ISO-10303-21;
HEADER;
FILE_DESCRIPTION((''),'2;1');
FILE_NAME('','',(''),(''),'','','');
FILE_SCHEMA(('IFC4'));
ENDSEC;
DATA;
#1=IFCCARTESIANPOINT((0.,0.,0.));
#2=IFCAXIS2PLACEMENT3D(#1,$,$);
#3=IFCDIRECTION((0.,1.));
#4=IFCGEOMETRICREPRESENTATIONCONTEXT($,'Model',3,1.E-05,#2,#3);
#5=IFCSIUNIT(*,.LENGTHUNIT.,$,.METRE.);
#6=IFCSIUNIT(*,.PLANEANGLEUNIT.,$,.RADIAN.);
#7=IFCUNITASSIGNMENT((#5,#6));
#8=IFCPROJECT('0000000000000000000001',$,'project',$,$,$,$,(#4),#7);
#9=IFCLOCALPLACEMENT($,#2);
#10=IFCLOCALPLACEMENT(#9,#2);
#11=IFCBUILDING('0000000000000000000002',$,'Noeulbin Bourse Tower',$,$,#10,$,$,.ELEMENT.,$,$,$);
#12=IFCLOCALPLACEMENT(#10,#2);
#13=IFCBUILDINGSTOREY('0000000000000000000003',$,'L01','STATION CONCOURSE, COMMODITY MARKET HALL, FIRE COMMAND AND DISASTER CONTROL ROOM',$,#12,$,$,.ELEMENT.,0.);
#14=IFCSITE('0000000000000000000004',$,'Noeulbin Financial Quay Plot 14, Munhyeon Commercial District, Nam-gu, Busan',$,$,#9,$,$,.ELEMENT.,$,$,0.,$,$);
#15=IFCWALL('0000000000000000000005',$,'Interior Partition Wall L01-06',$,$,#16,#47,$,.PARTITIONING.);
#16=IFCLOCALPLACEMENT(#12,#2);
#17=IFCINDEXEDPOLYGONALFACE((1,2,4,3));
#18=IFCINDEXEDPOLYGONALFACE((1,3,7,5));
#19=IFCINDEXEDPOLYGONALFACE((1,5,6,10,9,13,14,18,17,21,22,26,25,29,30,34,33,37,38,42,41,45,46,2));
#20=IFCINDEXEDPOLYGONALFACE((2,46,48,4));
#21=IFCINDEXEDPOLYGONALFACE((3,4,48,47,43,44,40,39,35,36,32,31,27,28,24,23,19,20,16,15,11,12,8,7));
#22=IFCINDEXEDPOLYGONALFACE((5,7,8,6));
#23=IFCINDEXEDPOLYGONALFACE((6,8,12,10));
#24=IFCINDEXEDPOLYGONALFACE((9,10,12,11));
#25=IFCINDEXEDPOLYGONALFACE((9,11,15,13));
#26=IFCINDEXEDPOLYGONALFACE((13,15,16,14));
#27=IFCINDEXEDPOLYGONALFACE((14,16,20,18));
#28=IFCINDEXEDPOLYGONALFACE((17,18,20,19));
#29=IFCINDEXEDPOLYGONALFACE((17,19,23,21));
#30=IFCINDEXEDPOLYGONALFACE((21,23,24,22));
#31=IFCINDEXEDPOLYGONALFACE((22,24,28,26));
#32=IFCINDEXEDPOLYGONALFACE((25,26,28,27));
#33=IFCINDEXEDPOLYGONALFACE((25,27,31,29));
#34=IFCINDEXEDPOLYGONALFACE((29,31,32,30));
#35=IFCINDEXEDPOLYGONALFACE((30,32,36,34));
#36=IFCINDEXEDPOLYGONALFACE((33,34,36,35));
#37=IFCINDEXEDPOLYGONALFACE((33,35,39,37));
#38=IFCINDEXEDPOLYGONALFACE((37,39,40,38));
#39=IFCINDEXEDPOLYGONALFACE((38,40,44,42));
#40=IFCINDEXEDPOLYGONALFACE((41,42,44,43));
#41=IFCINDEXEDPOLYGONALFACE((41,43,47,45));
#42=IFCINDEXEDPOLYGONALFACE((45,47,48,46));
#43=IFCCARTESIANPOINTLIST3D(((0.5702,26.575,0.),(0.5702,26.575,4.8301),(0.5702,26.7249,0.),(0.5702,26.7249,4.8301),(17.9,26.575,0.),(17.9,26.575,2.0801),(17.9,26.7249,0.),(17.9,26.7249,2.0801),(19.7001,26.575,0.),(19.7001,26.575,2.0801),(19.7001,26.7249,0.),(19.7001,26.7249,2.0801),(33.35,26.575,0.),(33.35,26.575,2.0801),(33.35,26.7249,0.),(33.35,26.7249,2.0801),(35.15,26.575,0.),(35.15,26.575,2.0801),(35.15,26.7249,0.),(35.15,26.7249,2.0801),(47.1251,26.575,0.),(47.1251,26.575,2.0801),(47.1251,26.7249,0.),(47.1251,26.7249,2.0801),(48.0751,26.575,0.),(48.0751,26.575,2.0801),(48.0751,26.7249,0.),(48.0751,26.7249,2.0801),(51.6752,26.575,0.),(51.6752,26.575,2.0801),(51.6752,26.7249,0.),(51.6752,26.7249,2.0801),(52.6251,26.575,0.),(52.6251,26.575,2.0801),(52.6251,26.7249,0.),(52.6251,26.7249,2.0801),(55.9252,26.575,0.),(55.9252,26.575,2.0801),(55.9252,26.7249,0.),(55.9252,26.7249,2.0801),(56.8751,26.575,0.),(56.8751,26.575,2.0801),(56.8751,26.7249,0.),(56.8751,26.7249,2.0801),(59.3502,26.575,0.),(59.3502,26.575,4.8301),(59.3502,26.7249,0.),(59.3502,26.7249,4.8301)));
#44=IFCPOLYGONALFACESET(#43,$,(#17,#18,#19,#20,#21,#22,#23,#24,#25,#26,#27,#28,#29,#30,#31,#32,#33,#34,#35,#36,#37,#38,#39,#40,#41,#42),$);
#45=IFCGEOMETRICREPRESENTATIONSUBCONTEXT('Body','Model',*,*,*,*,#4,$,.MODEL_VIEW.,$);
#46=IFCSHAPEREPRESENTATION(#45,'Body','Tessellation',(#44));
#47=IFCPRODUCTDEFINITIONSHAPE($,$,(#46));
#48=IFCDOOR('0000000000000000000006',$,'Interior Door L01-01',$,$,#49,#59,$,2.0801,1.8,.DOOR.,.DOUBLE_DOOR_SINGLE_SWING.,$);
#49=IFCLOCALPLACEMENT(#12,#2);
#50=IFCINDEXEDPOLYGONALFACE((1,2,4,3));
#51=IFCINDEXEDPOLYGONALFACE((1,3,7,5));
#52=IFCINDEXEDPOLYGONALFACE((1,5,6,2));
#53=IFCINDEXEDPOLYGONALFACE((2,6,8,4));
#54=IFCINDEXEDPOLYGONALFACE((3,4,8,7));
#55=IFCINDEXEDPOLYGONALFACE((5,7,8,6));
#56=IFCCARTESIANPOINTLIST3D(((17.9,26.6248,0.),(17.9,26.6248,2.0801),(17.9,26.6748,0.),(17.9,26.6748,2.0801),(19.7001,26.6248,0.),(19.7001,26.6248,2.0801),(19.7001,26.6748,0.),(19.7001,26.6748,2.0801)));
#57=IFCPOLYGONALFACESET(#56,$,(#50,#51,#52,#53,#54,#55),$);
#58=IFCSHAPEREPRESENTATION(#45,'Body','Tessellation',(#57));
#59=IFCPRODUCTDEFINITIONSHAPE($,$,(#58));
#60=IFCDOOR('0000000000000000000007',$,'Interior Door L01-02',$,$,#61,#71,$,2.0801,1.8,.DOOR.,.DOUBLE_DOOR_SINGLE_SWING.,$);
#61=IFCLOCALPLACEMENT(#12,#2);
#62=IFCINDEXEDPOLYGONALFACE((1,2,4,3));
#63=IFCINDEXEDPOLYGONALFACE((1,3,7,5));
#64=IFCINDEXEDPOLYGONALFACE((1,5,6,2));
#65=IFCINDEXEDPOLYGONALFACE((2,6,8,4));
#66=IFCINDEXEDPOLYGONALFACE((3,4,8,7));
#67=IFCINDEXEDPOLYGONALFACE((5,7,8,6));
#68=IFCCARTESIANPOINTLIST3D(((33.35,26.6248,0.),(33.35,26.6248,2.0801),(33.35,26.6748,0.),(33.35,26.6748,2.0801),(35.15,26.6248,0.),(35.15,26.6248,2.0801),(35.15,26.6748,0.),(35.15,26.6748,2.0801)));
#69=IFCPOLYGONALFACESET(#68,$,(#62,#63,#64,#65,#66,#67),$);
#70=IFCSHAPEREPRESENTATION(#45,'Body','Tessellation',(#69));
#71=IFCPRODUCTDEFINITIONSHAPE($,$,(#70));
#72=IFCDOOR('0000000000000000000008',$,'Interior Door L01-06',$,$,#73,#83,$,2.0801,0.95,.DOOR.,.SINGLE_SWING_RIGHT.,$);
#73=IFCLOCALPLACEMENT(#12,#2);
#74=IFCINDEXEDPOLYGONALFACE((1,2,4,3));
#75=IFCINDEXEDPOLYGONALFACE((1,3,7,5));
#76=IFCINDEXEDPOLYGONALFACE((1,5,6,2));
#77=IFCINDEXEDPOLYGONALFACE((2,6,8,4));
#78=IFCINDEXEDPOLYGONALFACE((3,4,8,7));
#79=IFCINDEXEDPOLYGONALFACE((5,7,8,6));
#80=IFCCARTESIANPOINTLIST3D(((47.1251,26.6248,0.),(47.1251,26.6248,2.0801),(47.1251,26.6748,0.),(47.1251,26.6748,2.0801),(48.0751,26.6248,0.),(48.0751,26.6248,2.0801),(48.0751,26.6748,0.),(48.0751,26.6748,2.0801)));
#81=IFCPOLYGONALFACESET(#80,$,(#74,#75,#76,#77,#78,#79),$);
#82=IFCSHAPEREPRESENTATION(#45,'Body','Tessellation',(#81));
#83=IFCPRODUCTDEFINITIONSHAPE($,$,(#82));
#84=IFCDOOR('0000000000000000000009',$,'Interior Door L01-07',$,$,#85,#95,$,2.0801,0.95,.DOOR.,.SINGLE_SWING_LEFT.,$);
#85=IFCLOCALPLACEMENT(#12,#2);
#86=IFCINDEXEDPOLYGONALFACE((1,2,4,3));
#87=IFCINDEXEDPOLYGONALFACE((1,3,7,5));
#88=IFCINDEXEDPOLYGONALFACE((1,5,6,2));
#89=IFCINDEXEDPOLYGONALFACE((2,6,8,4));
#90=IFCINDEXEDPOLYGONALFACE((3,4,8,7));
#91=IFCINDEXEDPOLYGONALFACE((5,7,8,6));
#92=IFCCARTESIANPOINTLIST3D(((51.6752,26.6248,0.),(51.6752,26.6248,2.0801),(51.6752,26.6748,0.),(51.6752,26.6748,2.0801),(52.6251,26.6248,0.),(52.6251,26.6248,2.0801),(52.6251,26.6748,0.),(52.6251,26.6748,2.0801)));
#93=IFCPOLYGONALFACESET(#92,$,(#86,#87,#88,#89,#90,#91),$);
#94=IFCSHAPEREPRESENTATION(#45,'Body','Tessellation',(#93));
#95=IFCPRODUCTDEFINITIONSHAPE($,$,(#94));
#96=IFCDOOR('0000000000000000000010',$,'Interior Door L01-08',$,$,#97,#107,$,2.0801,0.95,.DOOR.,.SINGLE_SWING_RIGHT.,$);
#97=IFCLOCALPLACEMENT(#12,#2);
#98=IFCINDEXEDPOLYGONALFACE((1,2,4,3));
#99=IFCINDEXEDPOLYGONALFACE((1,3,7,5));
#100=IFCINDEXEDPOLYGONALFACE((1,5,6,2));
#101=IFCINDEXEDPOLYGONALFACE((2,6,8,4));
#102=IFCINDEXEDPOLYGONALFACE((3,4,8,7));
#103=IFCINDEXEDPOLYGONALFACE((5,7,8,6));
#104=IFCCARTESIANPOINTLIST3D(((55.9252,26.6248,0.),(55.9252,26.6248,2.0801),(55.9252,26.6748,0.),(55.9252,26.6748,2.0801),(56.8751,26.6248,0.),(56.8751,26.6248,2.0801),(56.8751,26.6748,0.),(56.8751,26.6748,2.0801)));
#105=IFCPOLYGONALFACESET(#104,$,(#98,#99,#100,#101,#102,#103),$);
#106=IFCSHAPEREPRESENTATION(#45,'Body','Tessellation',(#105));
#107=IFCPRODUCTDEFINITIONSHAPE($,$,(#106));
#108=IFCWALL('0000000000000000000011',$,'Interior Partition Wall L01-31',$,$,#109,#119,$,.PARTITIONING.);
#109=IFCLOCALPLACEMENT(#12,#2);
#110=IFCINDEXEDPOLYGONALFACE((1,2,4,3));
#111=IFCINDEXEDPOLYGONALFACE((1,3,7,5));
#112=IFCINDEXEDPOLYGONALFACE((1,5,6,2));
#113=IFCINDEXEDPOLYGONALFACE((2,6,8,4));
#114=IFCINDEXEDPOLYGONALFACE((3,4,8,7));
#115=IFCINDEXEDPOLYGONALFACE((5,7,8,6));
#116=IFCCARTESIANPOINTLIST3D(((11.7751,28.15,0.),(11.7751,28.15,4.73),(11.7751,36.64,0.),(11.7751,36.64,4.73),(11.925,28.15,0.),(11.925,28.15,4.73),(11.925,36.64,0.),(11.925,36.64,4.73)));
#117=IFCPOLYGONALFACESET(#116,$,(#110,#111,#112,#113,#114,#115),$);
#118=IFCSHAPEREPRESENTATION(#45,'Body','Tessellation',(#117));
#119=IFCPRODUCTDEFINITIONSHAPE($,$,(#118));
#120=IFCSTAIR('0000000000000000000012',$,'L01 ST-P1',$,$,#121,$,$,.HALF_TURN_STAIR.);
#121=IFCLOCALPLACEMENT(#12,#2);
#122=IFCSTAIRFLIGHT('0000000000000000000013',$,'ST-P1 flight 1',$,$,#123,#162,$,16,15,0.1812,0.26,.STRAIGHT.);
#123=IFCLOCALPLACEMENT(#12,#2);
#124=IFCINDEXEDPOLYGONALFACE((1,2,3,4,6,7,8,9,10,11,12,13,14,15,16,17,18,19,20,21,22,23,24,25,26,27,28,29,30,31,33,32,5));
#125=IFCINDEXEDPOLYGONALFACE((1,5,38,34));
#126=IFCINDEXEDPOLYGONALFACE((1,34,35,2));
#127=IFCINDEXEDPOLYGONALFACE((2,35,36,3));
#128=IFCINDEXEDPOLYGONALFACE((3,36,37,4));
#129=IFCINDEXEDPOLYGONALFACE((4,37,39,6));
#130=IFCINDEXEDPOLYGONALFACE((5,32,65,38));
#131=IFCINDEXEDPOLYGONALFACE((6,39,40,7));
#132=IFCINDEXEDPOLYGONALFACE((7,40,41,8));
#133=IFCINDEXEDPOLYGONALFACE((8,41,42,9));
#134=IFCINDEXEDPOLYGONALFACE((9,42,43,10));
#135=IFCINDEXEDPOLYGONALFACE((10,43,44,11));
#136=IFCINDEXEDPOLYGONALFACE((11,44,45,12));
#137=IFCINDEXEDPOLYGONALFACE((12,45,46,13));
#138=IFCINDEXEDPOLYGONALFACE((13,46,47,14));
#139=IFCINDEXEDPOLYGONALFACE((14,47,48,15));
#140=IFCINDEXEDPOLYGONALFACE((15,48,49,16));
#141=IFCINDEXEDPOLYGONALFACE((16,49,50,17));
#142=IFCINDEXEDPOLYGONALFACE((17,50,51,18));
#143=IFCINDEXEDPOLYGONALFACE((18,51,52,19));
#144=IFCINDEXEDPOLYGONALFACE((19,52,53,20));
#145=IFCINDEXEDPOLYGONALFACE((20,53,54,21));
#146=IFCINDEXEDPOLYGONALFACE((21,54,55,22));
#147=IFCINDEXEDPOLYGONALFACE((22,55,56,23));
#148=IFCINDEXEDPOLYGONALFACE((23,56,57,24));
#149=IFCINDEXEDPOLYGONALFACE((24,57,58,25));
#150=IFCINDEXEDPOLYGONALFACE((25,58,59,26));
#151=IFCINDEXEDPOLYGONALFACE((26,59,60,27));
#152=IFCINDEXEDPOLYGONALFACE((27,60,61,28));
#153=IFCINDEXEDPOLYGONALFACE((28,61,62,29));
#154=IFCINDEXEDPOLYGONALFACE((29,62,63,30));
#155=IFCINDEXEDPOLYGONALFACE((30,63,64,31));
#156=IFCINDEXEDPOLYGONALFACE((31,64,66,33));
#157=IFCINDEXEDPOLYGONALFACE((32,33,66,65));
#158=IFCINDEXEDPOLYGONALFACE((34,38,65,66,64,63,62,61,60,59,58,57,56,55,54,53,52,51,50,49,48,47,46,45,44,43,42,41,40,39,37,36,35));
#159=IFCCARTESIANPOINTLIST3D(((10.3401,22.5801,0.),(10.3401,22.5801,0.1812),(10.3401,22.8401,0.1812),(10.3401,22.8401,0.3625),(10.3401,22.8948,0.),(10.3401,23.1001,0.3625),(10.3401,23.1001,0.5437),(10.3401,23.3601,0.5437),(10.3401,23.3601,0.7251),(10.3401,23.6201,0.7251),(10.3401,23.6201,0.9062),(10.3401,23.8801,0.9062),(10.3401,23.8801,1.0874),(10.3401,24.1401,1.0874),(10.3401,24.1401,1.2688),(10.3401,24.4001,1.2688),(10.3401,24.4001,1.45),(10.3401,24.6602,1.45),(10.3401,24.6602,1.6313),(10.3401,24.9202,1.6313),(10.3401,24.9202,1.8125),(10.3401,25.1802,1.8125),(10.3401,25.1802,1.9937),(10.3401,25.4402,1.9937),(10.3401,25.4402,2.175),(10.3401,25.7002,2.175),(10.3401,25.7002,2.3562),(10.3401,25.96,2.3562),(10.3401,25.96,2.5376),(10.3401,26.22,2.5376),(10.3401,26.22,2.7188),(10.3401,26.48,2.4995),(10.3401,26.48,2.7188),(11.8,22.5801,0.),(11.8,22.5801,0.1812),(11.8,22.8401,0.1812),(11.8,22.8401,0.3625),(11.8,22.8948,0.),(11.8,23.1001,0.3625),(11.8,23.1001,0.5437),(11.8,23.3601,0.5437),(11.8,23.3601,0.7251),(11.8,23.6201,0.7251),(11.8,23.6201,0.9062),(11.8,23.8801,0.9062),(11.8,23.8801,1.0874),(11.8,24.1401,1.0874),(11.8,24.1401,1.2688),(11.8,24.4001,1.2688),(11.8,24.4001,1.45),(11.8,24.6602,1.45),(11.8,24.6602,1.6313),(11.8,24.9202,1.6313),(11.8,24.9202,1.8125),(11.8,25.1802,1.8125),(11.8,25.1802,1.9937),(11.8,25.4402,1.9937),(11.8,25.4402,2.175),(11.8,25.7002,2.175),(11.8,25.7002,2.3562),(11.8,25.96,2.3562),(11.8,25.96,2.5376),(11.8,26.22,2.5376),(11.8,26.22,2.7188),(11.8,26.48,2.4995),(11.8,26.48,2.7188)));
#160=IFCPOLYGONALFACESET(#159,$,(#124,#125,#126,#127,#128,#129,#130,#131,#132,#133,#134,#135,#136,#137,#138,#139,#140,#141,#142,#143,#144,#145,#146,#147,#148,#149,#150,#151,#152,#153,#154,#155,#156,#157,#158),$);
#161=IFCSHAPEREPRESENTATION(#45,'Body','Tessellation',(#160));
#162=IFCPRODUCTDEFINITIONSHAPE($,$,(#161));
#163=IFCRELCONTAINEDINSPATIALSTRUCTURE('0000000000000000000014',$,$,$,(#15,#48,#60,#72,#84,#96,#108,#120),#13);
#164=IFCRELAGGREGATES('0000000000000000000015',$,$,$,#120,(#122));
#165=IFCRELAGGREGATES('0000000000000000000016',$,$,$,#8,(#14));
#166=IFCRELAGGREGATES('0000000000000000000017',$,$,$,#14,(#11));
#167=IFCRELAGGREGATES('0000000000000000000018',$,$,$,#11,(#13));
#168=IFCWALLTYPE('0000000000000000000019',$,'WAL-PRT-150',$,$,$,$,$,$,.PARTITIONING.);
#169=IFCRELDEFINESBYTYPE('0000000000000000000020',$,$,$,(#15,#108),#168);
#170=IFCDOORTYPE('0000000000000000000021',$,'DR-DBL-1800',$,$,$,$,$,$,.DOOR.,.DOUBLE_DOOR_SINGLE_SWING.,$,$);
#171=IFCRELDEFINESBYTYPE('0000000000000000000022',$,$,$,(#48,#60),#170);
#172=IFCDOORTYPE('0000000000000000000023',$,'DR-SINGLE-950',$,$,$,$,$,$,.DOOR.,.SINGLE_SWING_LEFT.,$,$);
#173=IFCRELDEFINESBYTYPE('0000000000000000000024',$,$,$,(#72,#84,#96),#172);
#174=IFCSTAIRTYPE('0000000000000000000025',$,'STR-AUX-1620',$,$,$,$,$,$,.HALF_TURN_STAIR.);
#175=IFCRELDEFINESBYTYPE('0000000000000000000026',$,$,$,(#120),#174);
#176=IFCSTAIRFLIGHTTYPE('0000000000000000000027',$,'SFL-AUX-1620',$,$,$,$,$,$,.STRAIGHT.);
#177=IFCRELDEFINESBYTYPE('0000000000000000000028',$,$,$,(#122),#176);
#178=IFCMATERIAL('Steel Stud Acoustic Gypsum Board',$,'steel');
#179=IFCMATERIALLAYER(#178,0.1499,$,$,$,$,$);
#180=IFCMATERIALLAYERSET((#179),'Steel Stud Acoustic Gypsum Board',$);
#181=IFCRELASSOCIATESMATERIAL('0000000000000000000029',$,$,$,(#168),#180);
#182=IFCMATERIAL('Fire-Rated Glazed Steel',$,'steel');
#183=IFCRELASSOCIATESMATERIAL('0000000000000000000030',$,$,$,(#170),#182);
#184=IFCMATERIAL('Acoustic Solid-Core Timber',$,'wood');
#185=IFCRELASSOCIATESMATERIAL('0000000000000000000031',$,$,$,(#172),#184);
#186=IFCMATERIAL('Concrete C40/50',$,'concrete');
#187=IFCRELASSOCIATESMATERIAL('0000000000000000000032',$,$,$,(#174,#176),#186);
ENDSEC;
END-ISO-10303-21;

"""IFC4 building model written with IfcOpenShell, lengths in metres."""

from ifc_helpers import new_model, si_unit, direction, frame, frame_2d, origin, place, context, subcontext, project, spatial, polyline, rectangle, outline, extrude, material, layer, layer_set, type_object, element, fill, aggregate, save


model = new_model("IFC4")

# Units and contexts
model_context = context("Model", 3, precision=1e-05, world=origin(), true_north=direction((0.0, 1.0)))
body_context = subcontext(model_context, "Body", "Model", "MODEL_VIEW")
ifc_project = project(units=[si_unit("LENGTHUNIT", "METRE"), si_unit("PLANEANGLEUNIT", "RADIAN")], contexts=[model_context])

# Site, building, storey
site_placement = place(None, origin())
site = spatial("IfcSite", under=ifc_project, at=site_placement, Name="Noeulbin Financial Quay Plot 14, Munhyeon Commercial District, Nam-gu, Busan", CompositionType="ELEMENT", RefElevation=0.0)
building_placement = place(site_placement, origin())
building = spatial("IfcBuilding", under=site, at=building_placement, Name="Noeulbin Bourse Tower", CompositionType="ELEMENT")
storey_placement = place(building_placement, origin())
storey = spatial("IfcBuildingStorey", under=building, at=storey_placement, Name="L01", Description="STATION CONCOURSE, COMMODITY MARKET HALL, FIRE COMMAND AND DISASTER CONTROL ROOM", CompositionType="ELEMENT", Elevation=0.0)

# Shared definitions
ifc_material_1 = material(Name="Concrete C40/50", Category="concrete")
ifc_material_2 = material(Name="Steel Stud Acoustic Gypsum Board", Category="steel")
ifc_layer_1 = layer(ifc_material_2, 0.1499)
ifc_layer_set_1 = layer_set([ifc_layer_1], Name="Steel Stud Acoustic Gypsum Board")
wall_type_1 = type_object("IfcWallType", Name="WAL-PRT-150", PredefinedType="PARTITIONING", material=ifc_layer_set_1)

# Wall, openings, doors
wall_1_placement = place(storey_placement, frame((0.5701, 26.6499, 0.0), z_axis=(0.0, 0.0, 1.0), x_axis=(1.0, 0.0, 0.0)))
wall_1 = element("IfcWall", 1, at=wall_1_placement, inside=storey, type_object=wall_type_1, Name="Interior Partition Wall L01-06", PredefinedType="PARTITIONING", context=body_context, shape_type="SweptSolid", body=[
    extrude(rectangle(XDim=58.78, YDim=0.1499, at=frame_2d((29.3901, 0.0))), origin(), (0.0, 0.0, 1.0), 4.8301),
])
opening_1_placement = place(wall_1_placement, frame((17.3301, 0.0, 0.0)))
opening_1 = element("IfcOpeningElement", 2, at=opening_1_placement, cuts=wall_1, PredefinedType="OPENING", context=body_context, shape_type="SweptSolid", body=[
    extrude(rectangle(XDim=1.8, YDim=2.0801, at=frame_2d((0.8999, 1.04))), frame((0.0, 0.085, 0.0), z_axis=(0.0, -1.0, 0.0), x_axis=(1.0, 0.0, 0.0)), (0.0, 0.0, 1.0), 0.1699),
])
opening_2_placement = place(wall_1_placement, frame((32.78, 0.0, 0.0)))
opening_2 = element("IfcOpeningElement", 3, at=opening_2_placement, cuts=wall_1, PredefinedType="OPENING", context=body_context, shape_type="SweptSolid", body=[
    extrude(rectangle(XDim=1.8, YDim=2.0801, at=frame_2d((0.8999, 1.04))), frame((0.0, 0.085, 0.0), z_axis=(0.0, -1.0, 0.0), x_axis=(1.0, 0.0, 0.0)), (0.0, 0.0, 1.0), 0.1699),
])
opening_3_placement = place(wall_1_placement, frame((46.5549, 0.0, 0.0)))
opening_3 = element("IfcOpeningElement", 4, at=opening_3_placement, cuts=wall_1, PredefinedType="OPENING", context=body_context, shape_type="SweptSolid", body=[
    extrude(rectangle(XDim=0.95, YDim=2.0801, at=frame_2d((0.4751, 1.04))), frame((0.0, 0.085, 0.0), z_axis=(0.0, -1.0, 0.0), x_axis=(1.0, 0.0, 0.0)), (0.0, 0.0, 1.0), 0.1699),
])
opening_4_placement = place(wall_1_placement, frame((51.105, 0.0, 0.0)))
opening_4 = element("IfcOpeningElement", 5, at=opening_4_placement, cuts=wall_1, PredefinedType="OPENING", context=body_context, shape_type="SweptSolid", body=[
    extrude(rectangle(XDim=0.95, YDim=2.0801, at=frame_2d((0.4751, 1.04))), frame((0.0, 0.085, 0.0), z_axis=(0.0, -1.0, 0.0), x_axis=(1.0, 0.0, 0.0)), (0.0, 0.0, 1.0), 0.1699),
])
opening_5_placement = place(wall_1_placement, frame((55.355, 0.0, 0.0)))
opening_5 = element("IfcOpeningElement", 6, at=opening_5_placement, cuts=wall_1, PredefinedType="OPENING", context=body_context, shape_type="SweptSolid", body=[
    extrude(rectangle(XDim=0.95, YDim=2.0801, at=frame_2d((0.4751, 1.04))), frame((0.0, 0.085, 0.0), z_axis=(0.0, -1.0, 0.0), x_axis=(1.0, 0.0, 0.0)), (0.0, 0.0, 1.0), 0.1699),
])
ifc_material_3 = material(Name="Fire-Rated Glazed Steel", Category="steel")
door_type_1 = type_object("IfcDoorType", Name="DR-DBL-1800", OperationType="DOUBLE_DOOR_SINGLE_SWING", PredefinedType="DOOR", material=ifc_material_3)
door_1_placement = place(opening_1_placement, origin())
door_1 = element("IfcDoor", 7, at=door_1_placement, inside=storey, type_object=door_type_1, Name="Interior Door L01-01", OperationType="DOUBLE_DOOR_SINGLE_SWING", OverallHeight=2.0801, OverallWidth=1.8, PredefinedType="DOOR", context=body_context, shape_type="SweptSolid", body=[
    extrude(rectangle(XDim=1.8, YDim=2.0801, at=frame_2d((0.8999, 1.04))), frame((0.0, 0.0249, 0.0), z_axis=(0.0, -1.0, 0.0), x_axis=(1.0, 0.0, 0.0)), (0.0, 0.0, 1.0), 0.05),
])
fill(opening_1, door_1)
door_2_placement = place(opening_2_placement, origin())
door_2 = element("IfcDoor", 8, at=door_2_placement, inside=storey, type_object=door_type_1, Name="Interior Door L01-02", OperationType="DOUBLE_DOOR_SINGLE_SWING", OverallHeight=2.0801, OverallWidth=1.8, PredefinedType="DOOR", context=body_context, shape_type="SweptSolid", body=[
    extrude(rectangle(XDim=1.8, YDim=2.0801, at=frame_2d((0.8999, 1.04))), frame((0.0, 0.0249, 0.0), z_axis=(0.0, -1.0, 0.0), x_axis=(1.0, 0.0, 0.0)), (0.0, 0.0, 1.0), 0.05),
])
fill(opening_2, door_2)
ifc_material_4 = material(Name="Acoustic Solid-Core Timber", Category="wood")
door_type_2 = type_object("IfcDoorType", Name="DR-SINGLE-950", OperationType="SINGLE_SWING_LEFT", PredefinedType="DOOR", material=ifc_material_4)
door_3_placement = place(opening_3_placement, origin())
door_3 = element("IfcDoor", 9, at=door_3_placement, inside=storey, type_object=door_type_2, Name="Interior Door L01-06", OperationType="SINGLE_SWING_RIGHT", OverallHeight=2.0801, OverallWidth=0.95, PredefinedType="DOOR", context=body_context, shape_type="SweptSolid", body=[
    extrude(rectangle(XDim=0.95, YDim=2.0801, at=frame_2d((0.4751, 1.04))), frame((0.0, 0.0249, 0.0), z_axis=(0.0, -1.0, 0.0), x_axis=(1.0, 0.0, 0.0)), (0.0, 0.0, 1.0), 0.05),
])
fill(opening_3, door_3)
door_4_placement = place(opening_4_placement, origin())
door_4 = element("IfcDoor", 10, at=door_4_placement, inside=storey, type_object=door_type_2, Name="Interior Door L01-07", OperationType="SINGLE_SWING_LEFT", OverallHeight=2.0801, OverallWidth=0.95, PredefinedType="DOOR", context=body_context, shape_type="SweptSolid", body=[
    extrude(rectangle(XDim=0.95, YDim=2.0801, at=frame_2d((0.4751, 1.04))), frame((0.0, 0.0249, 0.0), z_axis=(0.0, -1.0, 0.0), x_axis=(1.0, 0.0, 0.0)), (0.0, 0.0, 1.0), 0.05),
])
fill(opening_4, door_4)
door_5_placement = place(opening_5_placement, origin())
door_5 = element("IfcDoor", 11, at=door_5_placement, inside=storey, type_object=door_type_2, Name="Interior Door L01-08", OperationType="SINGLE_SWING_RIGHT", OverallHeight=2.0801, OverallWidth=0.95, PredefinedType="DOOR", context=body_context, shape_type="SweptSolid", body=[
    extrude(rectangle(XDim=0.95, YDim=2.0801, at=frame_2d((0.4751, 1.04))), frame((0.0, 0.0249, 0.0), z_axis=(0.0, -1.0, 0.0), x_axis=(1.0, 0.0, 0.0)), (0.0, 0.0, 1.0), 0.05),
])
fill(opening_5, door_5)

# Wall
wall_2_placement = place(storey_placement, frame((11.8501, 28.1499, 0.0), z_axis=(0.0, 0.0, 1.0), x_axis=(0.0, 1.0, 0.0)))
element("IfcWall", 12, at=wall_2_placement, inside=storey, type_object=wall_type_1, Name="Interior Partition Wall L01-31", PredefinedType="PARTITIONING", context=body_context, shape_type="SweptSolid", body=[
    extrude(rectangle(XDim=8.49, YDim=0.1499, at=frame_2d((4.2451, 0.0))), origin(), (0.0, 0.0, 1.0), 4.73),
])

# Stair, stair flight
stair_type = type_object("IfcStairType", Name="STR-AUX-1620", PredefinedType="HALF_TURN_STAIR", material=ifc_material_1)
stair_placement = place(storey_placement, origin())
stair = element("IfcStair", 13, at=stair_placement, inside=storey, type_object=stair_type, Name="L01 ST-P1", PredefinedType="HALF_TURN_STAIR")
stair_flight_type = type_object("IfcStairFlightType", Name="SFL-AUX-1620", PredefinedType="STRAIGHT", material=ifc_material_1)
stair_flight_1_placement = place(storey_placement, frame((11.0701, 22.5801, 0.0), z_axis=(0.0, 0.0, 1.0), x_axis=(0.0, 1.0, 0.0)))
stair_flight_1 = element("IfcStairFlight", 14, at=stair_flight_1_placement, type_object=stair_flight_type, Name="ST-P1 flight 1", NumberOfRisers=16, NumberOfTreads=15, PredefinedType="STRAIGHT", RiserHeight=0.1812, TreadLength=0.26, context=body_context, shape_type="SweptSolid", body=[
    extrude(outline(polyline([(0.0, 0.0), (0.0, 0.1812), (0.26, 0.1812), (0.26, 0.3625), (0.52, 0.3625), (0.52, 0.5437), (0.78, 0.5437), (0.78, 0.7251), (1.04, 0.7251), (1.04, 0.9062), (1.3, 0.9062), (1.3, 1.0874), (1.5601, 1.0874), (1.5601, 1.2688), (1.8201, 1.2688), (1.8201, 1.45), (2.0801, 1.45), (2.0801, 1.6313), (2.3401, 1.6313), (2.3401, 1.8125), (2.6001, 1.8125), (2.6001, 1.9937), (2.8601, 1.9937), (2.8601, 2.175), (3.1201, 2.175), (3.1201, 2.3562), (3.3799, 2.3562), (3.3799, 2.5376), (3.6399, 2.5376), (3.6399, 2.7188), (3.8999, 2.7188), (3.8999, 2.8999), (3.8999, 2.4995), (0.3147, 0.0), (0.0, 0.0)])), frame((0.0, 0.73, 0.0), z_axis=(0.0, -1.0, 0.0), x_axis=(1.0, 0.0, 0.0)), (0.0, 0.0, 1.0), 1.46),
])
aggregate(stair, [stair_flight_1])

save(model, "model.ifc")
